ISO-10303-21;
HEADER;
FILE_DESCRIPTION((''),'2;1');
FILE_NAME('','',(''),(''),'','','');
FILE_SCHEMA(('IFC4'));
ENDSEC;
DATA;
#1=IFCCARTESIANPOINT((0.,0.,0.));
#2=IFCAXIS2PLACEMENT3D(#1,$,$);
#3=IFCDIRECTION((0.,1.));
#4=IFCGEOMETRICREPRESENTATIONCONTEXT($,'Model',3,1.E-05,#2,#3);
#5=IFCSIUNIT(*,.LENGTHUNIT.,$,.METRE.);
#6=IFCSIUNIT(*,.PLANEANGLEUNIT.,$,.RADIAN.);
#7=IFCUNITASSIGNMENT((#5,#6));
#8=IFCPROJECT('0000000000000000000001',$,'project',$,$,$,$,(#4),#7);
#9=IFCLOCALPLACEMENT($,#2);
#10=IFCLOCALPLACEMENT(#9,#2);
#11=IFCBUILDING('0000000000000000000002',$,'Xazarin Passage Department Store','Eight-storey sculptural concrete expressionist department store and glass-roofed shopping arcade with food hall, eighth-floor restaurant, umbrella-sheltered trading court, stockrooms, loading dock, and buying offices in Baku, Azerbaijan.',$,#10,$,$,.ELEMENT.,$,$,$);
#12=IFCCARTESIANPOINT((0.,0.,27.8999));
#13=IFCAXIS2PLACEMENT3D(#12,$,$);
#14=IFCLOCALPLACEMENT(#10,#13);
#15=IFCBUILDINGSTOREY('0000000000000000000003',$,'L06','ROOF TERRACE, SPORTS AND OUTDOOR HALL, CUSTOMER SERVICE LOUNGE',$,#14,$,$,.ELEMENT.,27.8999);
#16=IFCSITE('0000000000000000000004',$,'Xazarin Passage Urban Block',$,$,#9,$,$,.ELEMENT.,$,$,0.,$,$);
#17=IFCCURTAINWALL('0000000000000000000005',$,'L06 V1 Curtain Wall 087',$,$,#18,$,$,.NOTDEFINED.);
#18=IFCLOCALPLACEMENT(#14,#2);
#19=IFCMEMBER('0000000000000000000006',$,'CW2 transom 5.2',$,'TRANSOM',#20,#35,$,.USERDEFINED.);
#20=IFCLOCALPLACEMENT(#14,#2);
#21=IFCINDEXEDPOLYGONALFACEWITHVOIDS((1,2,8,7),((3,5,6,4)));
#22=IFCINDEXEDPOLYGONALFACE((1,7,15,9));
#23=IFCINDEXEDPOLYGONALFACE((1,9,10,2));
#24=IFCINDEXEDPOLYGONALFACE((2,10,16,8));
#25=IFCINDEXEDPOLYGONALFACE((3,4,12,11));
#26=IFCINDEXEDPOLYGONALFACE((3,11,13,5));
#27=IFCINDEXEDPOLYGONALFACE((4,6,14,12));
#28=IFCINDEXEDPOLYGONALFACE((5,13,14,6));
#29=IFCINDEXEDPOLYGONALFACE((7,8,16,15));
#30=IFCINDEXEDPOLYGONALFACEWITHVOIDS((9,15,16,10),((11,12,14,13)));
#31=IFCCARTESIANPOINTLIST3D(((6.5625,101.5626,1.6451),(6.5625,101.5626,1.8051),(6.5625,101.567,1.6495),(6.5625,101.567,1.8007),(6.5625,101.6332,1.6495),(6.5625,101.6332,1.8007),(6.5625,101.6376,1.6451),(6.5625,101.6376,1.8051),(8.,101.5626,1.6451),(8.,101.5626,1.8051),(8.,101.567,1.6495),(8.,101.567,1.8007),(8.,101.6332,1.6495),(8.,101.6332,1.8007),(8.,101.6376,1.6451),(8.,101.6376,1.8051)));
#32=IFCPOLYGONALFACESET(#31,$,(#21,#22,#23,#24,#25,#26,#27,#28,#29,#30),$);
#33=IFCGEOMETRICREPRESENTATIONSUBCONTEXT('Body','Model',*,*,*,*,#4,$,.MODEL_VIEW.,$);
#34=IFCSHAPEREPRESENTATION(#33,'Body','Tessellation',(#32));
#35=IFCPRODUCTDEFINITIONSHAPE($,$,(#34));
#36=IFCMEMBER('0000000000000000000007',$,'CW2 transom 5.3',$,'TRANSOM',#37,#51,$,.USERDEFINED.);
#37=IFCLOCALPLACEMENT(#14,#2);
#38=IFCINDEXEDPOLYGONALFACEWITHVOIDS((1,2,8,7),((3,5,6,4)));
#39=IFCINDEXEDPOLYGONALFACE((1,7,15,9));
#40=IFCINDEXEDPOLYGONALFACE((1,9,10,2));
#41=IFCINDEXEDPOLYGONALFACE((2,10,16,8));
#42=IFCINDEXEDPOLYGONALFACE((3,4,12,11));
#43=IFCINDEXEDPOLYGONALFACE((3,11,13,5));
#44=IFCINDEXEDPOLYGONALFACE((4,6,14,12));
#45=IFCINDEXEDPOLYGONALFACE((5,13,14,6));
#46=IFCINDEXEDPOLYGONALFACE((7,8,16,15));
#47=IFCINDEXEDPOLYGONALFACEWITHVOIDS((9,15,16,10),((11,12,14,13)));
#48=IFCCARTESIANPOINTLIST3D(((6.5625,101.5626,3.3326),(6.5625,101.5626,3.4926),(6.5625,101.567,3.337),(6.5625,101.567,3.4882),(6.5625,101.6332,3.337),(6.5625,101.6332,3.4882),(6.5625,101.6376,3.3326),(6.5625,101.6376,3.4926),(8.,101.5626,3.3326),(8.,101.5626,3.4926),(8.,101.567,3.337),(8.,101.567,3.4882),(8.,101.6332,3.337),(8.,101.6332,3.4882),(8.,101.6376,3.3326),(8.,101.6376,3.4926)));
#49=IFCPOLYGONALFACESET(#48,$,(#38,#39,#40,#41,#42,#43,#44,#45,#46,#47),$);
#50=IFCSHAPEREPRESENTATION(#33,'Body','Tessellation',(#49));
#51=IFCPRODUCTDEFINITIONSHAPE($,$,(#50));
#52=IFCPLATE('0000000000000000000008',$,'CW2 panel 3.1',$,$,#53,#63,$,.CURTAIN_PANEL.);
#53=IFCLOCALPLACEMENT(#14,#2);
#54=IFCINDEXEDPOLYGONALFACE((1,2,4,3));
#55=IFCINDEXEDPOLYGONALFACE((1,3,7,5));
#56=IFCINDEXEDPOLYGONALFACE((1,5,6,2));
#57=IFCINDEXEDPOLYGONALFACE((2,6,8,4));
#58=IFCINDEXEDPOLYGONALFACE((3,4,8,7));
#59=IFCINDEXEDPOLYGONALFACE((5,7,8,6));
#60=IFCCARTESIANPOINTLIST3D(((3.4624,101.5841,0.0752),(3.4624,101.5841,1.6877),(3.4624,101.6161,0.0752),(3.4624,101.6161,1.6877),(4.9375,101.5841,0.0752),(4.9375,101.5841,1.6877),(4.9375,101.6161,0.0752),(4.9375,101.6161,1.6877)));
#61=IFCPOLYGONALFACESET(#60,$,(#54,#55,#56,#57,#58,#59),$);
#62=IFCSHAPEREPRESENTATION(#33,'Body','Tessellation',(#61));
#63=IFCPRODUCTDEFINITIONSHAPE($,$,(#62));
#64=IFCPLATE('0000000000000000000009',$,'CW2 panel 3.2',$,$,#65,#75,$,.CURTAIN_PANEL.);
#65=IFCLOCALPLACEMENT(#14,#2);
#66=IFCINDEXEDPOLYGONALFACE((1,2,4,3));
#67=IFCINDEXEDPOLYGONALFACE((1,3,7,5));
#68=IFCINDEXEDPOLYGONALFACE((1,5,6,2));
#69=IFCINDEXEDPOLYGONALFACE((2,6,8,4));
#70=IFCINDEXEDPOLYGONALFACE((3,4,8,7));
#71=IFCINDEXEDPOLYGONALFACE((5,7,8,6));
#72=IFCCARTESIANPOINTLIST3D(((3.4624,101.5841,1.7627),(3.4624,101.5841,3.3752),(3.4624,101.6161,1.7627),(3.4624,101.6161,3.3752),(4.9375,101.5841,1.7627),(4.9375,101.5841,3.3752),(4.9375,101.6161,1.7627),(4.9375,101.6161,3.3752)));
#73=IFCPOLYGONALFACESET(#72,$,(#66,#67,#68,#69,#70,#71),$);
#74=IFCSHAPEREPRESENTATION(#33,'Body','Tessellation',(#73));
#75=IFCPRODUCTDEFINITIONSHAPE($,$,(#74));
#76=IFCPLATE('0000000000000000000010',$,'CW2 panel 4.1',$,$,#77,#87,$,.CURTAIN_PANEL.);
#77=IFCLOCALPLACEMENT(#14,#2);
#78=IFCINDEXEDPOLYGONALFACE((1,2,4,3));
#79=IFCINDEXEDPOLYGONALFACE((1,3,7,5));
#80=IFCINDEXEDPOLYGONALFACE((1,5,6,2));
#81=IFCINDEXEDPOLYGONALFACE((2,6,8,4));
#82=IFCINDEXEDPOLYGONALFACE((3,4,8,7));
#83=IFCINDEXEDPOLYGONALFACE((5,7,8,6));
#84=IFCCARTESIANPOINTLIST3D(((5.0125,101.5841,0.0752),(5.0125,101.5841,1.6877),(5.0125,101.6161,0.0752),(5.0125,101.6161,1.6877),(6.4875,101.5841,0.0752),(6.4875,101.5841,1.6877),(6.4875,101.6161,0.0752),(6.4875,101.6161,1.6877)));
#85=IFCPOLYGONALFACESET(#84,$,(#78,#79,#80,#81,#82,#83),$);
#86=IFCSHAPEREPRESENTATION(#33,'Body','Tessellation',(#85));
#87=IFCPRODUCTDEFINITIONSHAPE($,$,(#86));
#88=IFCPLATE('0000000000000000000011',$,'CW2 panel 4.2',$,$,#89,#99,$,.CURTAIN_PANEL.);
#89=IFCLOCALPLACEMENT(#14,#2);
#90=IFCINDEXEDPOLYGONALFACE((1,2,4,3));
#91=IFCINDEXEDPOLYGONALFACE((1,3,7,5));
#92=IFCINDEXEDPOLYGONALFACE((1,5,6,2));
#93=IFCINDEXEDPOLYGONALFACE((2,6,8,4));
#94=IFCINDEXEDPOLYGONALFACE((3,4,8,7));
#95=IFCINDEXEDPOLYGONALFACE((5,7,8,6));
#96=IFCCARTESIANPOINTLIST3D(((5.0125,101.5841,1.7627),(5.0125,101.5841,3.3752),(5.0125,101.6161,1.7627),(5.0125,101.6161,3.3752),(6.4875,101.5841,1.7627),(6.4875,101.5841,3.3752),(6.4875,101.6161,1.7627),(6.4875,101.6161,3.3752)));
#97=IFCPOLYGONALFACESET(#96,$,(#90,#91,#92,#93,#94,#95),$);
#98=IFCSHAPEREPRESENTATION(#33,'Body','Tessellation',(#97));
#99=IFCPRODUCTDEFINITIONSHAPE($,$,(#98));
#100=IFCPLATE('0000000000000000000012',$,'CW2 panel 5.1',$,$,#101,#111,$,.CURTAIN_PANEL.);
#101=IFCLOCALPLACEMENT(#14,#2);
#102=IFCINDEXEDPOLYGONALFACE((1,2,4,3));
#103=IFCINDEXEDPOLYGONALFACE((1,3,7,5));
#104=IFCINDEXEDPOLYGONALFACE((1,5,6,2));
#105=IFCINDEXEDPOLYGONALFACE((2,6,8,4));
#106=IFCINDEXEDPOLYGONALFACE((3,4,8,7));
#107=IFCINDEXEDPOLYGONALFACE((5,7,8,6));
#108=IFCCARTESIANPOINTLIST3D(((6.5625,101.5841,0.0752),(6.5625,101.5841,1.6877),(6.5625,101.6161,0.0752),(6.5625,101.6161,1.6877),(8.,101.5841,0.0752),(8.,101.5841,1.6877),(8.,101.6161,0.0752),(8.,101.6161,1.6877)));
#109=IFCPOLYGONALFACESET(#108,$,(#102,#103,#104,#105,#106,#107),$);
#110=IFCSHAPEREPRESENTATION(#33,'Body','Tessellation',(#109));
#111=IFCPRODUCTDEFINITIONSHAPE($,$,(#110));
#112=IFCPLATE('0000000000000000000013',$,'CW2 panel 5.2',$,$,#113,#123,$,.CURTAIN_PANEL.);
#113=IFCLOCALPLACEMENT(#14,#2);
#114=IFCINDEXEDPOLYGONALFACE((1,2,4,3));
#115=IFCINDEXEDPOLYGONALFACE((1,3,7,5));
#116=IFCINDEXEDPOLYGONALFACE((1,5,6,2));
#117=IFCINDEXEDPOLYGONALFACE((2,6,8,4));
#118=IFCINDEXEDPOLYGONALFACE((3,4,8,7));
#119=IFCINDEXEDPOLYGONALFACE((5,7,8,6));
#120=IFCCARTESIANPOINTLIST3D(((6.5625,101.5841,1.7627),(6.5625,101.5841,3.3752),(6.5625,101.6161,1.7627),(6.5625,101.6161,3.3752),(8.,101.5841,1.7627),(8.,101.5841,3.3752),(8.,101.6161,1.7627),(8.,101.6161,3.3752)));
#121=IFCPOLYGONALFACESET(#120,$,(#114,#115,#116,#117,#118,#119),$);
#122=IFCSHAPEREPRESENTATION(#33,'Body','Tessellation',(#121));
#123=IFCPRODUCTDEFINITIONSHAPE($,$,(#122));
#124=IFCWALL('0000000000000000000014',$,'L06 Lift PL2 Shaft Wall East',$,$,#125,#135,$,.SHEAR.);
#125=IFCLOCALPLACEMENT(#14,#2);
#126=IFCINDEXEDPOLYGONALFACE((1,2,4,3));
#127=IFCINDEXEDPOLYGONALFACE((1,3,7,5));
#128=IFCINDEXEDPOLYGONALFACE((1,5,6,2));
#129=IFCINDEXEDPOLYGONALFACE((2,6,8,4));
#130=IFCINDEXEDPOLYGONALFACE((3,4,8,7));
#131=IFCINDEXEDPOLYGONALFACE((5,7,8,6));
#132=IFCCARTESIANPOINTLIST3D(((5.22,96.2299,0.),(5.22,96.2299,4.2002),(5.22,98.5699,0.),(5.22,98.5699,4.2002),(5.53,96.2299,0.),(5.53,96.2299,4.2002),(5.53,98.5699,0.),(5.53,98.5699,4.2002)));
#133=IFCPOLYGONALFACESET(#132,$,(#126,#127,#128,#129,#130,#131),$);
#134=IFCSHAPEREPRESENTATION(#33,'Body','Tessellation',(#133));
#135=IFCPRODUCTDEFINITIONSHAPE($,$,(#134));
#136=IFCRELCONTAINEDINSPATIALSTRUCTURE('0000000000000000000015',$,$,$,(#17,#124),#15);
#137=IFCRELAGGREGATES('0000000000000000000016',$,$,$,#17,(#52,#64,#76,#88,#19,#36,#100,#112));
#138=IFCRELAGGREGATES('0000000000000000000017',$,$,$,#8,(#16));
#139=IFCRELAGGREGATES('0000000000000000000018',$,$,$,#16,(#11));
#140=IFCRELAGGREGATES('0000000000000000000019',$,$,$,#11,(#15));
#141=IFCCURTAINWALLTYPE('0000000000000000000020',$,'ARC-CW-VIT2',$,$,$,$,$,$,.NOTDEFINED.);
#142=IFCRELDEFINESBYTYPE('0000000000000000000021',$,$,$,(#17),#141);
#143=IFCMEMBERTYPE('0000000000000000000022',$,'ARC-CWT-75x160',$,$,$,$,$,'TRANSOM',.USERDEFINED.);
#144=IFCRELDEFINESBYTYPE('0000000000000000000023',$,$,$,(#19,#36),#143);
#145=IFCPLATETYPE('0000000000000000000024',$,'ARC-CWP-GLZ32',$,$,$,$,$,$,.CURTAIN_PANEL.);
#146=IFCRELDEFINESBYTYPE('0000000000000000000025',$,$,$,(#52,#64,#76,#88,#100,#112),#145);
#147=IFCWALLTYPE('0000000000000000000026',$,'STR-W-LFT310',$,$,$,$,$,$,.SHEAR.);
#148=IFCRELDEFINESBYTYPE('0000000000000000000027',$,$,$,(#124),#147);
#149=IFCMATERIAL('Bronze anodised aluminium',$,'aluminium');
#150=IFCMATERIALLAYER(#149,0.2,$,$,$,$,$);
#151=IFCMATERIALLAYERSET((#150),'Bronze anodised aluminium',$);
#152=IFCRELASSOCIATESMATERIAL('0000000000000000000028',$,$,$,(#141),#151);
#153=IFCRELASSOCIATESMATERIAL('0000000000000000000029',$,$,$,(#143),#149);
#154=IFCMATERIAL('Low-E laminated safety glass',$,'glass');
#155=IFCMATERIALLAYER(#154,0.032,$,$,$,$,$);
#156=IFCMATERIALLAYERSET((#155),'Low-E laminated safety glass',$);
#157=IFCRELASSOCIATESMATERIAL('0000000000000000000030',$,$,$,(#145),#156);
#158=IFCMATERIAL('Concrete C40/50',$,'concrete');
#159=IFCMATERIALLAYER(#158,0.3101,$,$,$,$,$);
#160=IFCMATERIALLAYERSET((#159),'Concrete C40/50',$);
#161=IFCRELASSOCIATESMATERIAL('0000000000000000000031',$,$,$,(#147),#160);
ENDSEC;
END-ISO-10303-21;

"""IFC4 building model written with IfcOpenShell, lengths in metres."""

from ifc_helpers import new_model, si_unit, direction, frame, frame_2d, origin, origin_2d, place, context, subcontext, project, spatial, rectangle, hollow_rectangle, extrude, material, layer, layer_set, material_profile, profile_set, type_object, element, aggregate, save


model = new_model("IFC4")

# Units and contexts
model_context = context("Model", 3, precision=1e-05, world=origin(), true_north=direction((0.0, 1.0)))
body_context = subcontext(model_context, "Body", "Model", "MODEL_VIEW")
ifc_project = project(units=[si_unit("LENGTHUNIT", "METRE"), si_unit("PLANEANGLEUNIT", "RADIAN")], contexts=[model_context])

# Site, building, storey
site_placement = place(None, origin())
site = spatial("IfcSite", under=ifc_project, at=site_placement, Name="Xazarin Passage Urban Block", CompositionType="ELEMENT", RefElevation=0.0)
building_placement = place(site_placement, origin())
building = spatial("IfcBuilding", under=site, at=building_placement, Name="Xazarin Passage Department Store", Description="Eight-storey sculptural concrete expressionist department store and glass-roofed shopping arcade with food hall, eighth-floor restaurant, umbrella-sheltered trading court, stockrooms, loading dock, and buying offices in Baku, Azerbaijan.", CompositionType="ELEMENT")
storey_placement = place(building_placement, frame((0.0, 0.0, 27.8999)))
storey = spatial("IfcBuildingStorey", under=building, at=storey_placement, Name="L06", Description="ROOF TERRACE, SPORTS AND OUTDOOR HALL, CUSTOMER SERVICE LOUNGE", CompositionType="ELEMENT", Elevation=27.8999)

# Shared definitions
ifc_material_1 = material(Name="Concrete C40/50", Category="concrete")

# Curtain wall, members, plates
ifc_material_2 = material(Name="Bronze anodised aluminium", Category="aluminium")
ifc_layer_1 = layer(ifc_material_2, 0.2)
ifc_layer_set_1 = layer_set([ifc_layer_1], Name="Bronze anodised aluminium")
curtain_wall_type = type_object("IfcCurtainWallType", Name="ARC-CW-VIT2", PredefinedType="NOTDEFINED", material=ifc_layer_set_1)
curtain_wall_placement = place(storey_placement, origin())
curtain_wall = element("IfcCurtainWall", 1, at=curtain_wall_placement, inside=storey, type_object=curtain_wall_type, Name="L06 V1 Curtain Wall 087", PredefinedType="NOTDEFINED")
ifc_material_profile_1 = material_profile(ifc_material_2, hollow_rectangle(XDim=0.075, YDim=0.1599, WallThickness=0.0044, at=origin_2d()), Name="ALU 75x160")
ifc_profile_set_1 = profile_set([ifc_material_profile_1], Name="Bronze anodised aluminium")
member_type_1 = type_object("IfcMemberType", Name="ARC-CWT-75x160", ElementType="TRANSOM", PredefinedType="USERDEFINED", material=ifc_profile_set_1)
member_1_placement = place(storey_placement, frame((6.5625, 101.6001, 1.7251), z_axis=(1.0, 0.0, 0.0), x_axis=(0.0, 1.0, 0.0)))
member_1 = element("IfcMember", 2, at=member_1_placement, type_object=member_type_1, Name="CW2 transom 5.2", ObjectType="TRANSOM", PredefinedType="USERDEFINED", context=body_context, shape_type="SweptSolid", body=[
    extrude(hollow_rectangle(XDim=0.075, YDim=0.1599, WallThickness=0.0044, at=origin_2d()), origin(), (0.0, 0.0, 1.0), 1.4375),
])
member_2_placement = place(storey_placement, frame((6.5625, 101.6001, 3.4126), z_axis=(1.0, 0.0, 0.0), x_axis=(0.0, 1.0, 0.0)))
member_2 = element("IfcMember", 3, at=member_2_placement, type_object=member_type_1, Name="CW2 transom 5.3", ObjectType="TRANSOM", PredefinedType="USERDEFINED", context=body_context, shape_type="SweptSolid", body=[
    extrude(hollow_rectangle(XDim=0.075, YDim=0.1599, WallThickness=0.0044, at=origin_2d()), origin(), (0.0, 0.0, 1.0), 1.4375),
])
ifc_material_3 = material(Name="Low-E laminated safety glass", Category="glass")
ifc_layer_2 = layer(ifc_material_3, 0.032)
ifc_layer_set_2 = layer_set([ifc_layer_2], Name="Low-E laminated safety glass")
plate_type = type_object("IfcPlateType", Name="ARC-CWP-GLZ32", PredefinedType="CURTAIN_PANEL", material=ifc_layer_set_2)
plate_1_placement = place(storey_placement, frame((4.2, 101.6001, 0.0752), z_axis=(0.0, 0.0, 1.0), x_axis=(1.0, 0.0, 0.0)))
plate_1 = element("IfcPlate", 4, at=plate_1_placement, type_object=plate_type, Name="CW2 panel 3.1", PredefinedType="CURTAIN_PANEL", context=body_context, shape_type="SweptSolid", body=[
    extrude(rectangle(XDim=1.4751, YDim=0.032, at=origin_2d()), origin(), (0.0, 0.0, 1.0), 1.6125),
])
plate_2_placement = place(storey_placement, frame((4.2, 101.6001, 1.7627), z_axis=(0.0, 0.0, 1.0), x_axis=(1.0, 0.0, 0.0)))
plate_2 = element("IfcPlate", 5, at=plate_2_placement, type_object=plate_type, Name="CW2 panel 3.2", PredefinedType="CURTAIN_PANEL", context=body_context, shape_type="SweptSolid", body=[
    extrude(rectangle(XDim=1.4751, YDim=0.032, at=origin_2d()), origin(), (0.0, 0.0, 1.0), 1.6125),
])
plate_3_placement = place(storey_placement, frame((5.75, 101.6001, 0.0752), z_axis=(0.0, 0.0, 1.0), x_axis=(1.0, 0.0, 0.0)))
plate_3 = element("IfcPlate", 6, at=plate_3_placement, type_object=plate_type, Name="CW2 panel 4.1", PredefinedType="CURTAIN_PANEL", context=body_context, shape_type="SweptSolid", body=[
    extrude(rectangle(XDim=1.4751, YDim=0.032, at=origin_2d()), origin(), (0.0, 0.0, 1.0), 1.6125),
])
plate_4_placement = place(storey_placement, frame((5.75, 101.6001, 1.7627), z_axis=(0.0, 0.0, 1.0), x_axis=(1.0, 0.0, 0.0)))
plate_4 = element("IfcPlate", 7, at=plate_4_placement, type_object=plate_type, Name="CW2 panel 4.2", PredefinedType="CURTAIN_PANEL", context=body_context, shape_type="SweptSolid", body=[
    extrude(rectangle(XDim=1.4751, YDim=0.032, at=origin_2d()), origin(), (0.0, 0.0, 1.0), 1.6125),
])
plate_5_placement = place(storey_placement, frame((7.2812, 101.6001, 0.0752), z_axis=(0.0, 0.0, 1.0), x_axis=(1.0, 0.0, 0.0)))
plate_5 = element("IfcPlate", 8, at=plate_5_placement, type_object=plate_type, Name="CW2 panel 5.1", PredefinedType="CURTAIN_PANEL", context=body_context, shape_type="SweptSolid", body=[
    extrude(rectangle(XDim=1.4375, YDim=0.032, at=origin_2d()), origin(), (0.0, 0.0, 1.0), 1.6125),
])
plate_6_placement = place(storey_placement, frame((7.2812, 101.6001, 1.7627), z_axis=(0.0, 0.0, 1.0), x_axis=(1.0, 0.0, 0.0)))
plate_6 = element("IfcPlate", 9, at=plate_6_placement, type_object=plate_type, Name="CW2 panel 5.2", PredefinedType="CURTAIN_PANEL", context=body_context, shape_type="SweptSolid", body=[
    extrude(rectangle(XDim=1.4375, YDim=0.032, at=origin_2d()), origin(), (0.0, 0.0, 1.0), 1.6125),
])
aggregate(curtain_wall, [plate_1, plate_2, plate_3, plate_4, member_1, member_2, plate_5, plate_6])

# Wall
ifc_layer_3 = layer(ifc_material_1, 0.3101)
ifc_layer_set_3 = layer_set([ifc_layer_3], Name="Concrete C40/50")
wall_type = type_object("IfcWallType", Name="STR-W-LFT310", PredefinedType="SHEAR", material=ifc_layer_set_3)
wall_placement = place(storey_placement, frame((5.375, 96.23, 0.0), z_axis=(0.0, 0.0, 1.0), x_axis=(0.0, 1.0, 0.0)))
element("IfcWall", 10, at=wall_placement, inside=storey, type_object=wall_type, Name="L06 Lift PL2 Shaft Wall East", PredefinedType="SHEAR", context=body_context, shape_type="SweptSolid", body=[
    extrude(rectangle(XDim=2.3401, YDim=0.3101, at=frame_2d((1.1699, 0.0))), origin(), (0.0, 0.0, 1.0), 4.2002),
])

save(model, "model.ifc")
